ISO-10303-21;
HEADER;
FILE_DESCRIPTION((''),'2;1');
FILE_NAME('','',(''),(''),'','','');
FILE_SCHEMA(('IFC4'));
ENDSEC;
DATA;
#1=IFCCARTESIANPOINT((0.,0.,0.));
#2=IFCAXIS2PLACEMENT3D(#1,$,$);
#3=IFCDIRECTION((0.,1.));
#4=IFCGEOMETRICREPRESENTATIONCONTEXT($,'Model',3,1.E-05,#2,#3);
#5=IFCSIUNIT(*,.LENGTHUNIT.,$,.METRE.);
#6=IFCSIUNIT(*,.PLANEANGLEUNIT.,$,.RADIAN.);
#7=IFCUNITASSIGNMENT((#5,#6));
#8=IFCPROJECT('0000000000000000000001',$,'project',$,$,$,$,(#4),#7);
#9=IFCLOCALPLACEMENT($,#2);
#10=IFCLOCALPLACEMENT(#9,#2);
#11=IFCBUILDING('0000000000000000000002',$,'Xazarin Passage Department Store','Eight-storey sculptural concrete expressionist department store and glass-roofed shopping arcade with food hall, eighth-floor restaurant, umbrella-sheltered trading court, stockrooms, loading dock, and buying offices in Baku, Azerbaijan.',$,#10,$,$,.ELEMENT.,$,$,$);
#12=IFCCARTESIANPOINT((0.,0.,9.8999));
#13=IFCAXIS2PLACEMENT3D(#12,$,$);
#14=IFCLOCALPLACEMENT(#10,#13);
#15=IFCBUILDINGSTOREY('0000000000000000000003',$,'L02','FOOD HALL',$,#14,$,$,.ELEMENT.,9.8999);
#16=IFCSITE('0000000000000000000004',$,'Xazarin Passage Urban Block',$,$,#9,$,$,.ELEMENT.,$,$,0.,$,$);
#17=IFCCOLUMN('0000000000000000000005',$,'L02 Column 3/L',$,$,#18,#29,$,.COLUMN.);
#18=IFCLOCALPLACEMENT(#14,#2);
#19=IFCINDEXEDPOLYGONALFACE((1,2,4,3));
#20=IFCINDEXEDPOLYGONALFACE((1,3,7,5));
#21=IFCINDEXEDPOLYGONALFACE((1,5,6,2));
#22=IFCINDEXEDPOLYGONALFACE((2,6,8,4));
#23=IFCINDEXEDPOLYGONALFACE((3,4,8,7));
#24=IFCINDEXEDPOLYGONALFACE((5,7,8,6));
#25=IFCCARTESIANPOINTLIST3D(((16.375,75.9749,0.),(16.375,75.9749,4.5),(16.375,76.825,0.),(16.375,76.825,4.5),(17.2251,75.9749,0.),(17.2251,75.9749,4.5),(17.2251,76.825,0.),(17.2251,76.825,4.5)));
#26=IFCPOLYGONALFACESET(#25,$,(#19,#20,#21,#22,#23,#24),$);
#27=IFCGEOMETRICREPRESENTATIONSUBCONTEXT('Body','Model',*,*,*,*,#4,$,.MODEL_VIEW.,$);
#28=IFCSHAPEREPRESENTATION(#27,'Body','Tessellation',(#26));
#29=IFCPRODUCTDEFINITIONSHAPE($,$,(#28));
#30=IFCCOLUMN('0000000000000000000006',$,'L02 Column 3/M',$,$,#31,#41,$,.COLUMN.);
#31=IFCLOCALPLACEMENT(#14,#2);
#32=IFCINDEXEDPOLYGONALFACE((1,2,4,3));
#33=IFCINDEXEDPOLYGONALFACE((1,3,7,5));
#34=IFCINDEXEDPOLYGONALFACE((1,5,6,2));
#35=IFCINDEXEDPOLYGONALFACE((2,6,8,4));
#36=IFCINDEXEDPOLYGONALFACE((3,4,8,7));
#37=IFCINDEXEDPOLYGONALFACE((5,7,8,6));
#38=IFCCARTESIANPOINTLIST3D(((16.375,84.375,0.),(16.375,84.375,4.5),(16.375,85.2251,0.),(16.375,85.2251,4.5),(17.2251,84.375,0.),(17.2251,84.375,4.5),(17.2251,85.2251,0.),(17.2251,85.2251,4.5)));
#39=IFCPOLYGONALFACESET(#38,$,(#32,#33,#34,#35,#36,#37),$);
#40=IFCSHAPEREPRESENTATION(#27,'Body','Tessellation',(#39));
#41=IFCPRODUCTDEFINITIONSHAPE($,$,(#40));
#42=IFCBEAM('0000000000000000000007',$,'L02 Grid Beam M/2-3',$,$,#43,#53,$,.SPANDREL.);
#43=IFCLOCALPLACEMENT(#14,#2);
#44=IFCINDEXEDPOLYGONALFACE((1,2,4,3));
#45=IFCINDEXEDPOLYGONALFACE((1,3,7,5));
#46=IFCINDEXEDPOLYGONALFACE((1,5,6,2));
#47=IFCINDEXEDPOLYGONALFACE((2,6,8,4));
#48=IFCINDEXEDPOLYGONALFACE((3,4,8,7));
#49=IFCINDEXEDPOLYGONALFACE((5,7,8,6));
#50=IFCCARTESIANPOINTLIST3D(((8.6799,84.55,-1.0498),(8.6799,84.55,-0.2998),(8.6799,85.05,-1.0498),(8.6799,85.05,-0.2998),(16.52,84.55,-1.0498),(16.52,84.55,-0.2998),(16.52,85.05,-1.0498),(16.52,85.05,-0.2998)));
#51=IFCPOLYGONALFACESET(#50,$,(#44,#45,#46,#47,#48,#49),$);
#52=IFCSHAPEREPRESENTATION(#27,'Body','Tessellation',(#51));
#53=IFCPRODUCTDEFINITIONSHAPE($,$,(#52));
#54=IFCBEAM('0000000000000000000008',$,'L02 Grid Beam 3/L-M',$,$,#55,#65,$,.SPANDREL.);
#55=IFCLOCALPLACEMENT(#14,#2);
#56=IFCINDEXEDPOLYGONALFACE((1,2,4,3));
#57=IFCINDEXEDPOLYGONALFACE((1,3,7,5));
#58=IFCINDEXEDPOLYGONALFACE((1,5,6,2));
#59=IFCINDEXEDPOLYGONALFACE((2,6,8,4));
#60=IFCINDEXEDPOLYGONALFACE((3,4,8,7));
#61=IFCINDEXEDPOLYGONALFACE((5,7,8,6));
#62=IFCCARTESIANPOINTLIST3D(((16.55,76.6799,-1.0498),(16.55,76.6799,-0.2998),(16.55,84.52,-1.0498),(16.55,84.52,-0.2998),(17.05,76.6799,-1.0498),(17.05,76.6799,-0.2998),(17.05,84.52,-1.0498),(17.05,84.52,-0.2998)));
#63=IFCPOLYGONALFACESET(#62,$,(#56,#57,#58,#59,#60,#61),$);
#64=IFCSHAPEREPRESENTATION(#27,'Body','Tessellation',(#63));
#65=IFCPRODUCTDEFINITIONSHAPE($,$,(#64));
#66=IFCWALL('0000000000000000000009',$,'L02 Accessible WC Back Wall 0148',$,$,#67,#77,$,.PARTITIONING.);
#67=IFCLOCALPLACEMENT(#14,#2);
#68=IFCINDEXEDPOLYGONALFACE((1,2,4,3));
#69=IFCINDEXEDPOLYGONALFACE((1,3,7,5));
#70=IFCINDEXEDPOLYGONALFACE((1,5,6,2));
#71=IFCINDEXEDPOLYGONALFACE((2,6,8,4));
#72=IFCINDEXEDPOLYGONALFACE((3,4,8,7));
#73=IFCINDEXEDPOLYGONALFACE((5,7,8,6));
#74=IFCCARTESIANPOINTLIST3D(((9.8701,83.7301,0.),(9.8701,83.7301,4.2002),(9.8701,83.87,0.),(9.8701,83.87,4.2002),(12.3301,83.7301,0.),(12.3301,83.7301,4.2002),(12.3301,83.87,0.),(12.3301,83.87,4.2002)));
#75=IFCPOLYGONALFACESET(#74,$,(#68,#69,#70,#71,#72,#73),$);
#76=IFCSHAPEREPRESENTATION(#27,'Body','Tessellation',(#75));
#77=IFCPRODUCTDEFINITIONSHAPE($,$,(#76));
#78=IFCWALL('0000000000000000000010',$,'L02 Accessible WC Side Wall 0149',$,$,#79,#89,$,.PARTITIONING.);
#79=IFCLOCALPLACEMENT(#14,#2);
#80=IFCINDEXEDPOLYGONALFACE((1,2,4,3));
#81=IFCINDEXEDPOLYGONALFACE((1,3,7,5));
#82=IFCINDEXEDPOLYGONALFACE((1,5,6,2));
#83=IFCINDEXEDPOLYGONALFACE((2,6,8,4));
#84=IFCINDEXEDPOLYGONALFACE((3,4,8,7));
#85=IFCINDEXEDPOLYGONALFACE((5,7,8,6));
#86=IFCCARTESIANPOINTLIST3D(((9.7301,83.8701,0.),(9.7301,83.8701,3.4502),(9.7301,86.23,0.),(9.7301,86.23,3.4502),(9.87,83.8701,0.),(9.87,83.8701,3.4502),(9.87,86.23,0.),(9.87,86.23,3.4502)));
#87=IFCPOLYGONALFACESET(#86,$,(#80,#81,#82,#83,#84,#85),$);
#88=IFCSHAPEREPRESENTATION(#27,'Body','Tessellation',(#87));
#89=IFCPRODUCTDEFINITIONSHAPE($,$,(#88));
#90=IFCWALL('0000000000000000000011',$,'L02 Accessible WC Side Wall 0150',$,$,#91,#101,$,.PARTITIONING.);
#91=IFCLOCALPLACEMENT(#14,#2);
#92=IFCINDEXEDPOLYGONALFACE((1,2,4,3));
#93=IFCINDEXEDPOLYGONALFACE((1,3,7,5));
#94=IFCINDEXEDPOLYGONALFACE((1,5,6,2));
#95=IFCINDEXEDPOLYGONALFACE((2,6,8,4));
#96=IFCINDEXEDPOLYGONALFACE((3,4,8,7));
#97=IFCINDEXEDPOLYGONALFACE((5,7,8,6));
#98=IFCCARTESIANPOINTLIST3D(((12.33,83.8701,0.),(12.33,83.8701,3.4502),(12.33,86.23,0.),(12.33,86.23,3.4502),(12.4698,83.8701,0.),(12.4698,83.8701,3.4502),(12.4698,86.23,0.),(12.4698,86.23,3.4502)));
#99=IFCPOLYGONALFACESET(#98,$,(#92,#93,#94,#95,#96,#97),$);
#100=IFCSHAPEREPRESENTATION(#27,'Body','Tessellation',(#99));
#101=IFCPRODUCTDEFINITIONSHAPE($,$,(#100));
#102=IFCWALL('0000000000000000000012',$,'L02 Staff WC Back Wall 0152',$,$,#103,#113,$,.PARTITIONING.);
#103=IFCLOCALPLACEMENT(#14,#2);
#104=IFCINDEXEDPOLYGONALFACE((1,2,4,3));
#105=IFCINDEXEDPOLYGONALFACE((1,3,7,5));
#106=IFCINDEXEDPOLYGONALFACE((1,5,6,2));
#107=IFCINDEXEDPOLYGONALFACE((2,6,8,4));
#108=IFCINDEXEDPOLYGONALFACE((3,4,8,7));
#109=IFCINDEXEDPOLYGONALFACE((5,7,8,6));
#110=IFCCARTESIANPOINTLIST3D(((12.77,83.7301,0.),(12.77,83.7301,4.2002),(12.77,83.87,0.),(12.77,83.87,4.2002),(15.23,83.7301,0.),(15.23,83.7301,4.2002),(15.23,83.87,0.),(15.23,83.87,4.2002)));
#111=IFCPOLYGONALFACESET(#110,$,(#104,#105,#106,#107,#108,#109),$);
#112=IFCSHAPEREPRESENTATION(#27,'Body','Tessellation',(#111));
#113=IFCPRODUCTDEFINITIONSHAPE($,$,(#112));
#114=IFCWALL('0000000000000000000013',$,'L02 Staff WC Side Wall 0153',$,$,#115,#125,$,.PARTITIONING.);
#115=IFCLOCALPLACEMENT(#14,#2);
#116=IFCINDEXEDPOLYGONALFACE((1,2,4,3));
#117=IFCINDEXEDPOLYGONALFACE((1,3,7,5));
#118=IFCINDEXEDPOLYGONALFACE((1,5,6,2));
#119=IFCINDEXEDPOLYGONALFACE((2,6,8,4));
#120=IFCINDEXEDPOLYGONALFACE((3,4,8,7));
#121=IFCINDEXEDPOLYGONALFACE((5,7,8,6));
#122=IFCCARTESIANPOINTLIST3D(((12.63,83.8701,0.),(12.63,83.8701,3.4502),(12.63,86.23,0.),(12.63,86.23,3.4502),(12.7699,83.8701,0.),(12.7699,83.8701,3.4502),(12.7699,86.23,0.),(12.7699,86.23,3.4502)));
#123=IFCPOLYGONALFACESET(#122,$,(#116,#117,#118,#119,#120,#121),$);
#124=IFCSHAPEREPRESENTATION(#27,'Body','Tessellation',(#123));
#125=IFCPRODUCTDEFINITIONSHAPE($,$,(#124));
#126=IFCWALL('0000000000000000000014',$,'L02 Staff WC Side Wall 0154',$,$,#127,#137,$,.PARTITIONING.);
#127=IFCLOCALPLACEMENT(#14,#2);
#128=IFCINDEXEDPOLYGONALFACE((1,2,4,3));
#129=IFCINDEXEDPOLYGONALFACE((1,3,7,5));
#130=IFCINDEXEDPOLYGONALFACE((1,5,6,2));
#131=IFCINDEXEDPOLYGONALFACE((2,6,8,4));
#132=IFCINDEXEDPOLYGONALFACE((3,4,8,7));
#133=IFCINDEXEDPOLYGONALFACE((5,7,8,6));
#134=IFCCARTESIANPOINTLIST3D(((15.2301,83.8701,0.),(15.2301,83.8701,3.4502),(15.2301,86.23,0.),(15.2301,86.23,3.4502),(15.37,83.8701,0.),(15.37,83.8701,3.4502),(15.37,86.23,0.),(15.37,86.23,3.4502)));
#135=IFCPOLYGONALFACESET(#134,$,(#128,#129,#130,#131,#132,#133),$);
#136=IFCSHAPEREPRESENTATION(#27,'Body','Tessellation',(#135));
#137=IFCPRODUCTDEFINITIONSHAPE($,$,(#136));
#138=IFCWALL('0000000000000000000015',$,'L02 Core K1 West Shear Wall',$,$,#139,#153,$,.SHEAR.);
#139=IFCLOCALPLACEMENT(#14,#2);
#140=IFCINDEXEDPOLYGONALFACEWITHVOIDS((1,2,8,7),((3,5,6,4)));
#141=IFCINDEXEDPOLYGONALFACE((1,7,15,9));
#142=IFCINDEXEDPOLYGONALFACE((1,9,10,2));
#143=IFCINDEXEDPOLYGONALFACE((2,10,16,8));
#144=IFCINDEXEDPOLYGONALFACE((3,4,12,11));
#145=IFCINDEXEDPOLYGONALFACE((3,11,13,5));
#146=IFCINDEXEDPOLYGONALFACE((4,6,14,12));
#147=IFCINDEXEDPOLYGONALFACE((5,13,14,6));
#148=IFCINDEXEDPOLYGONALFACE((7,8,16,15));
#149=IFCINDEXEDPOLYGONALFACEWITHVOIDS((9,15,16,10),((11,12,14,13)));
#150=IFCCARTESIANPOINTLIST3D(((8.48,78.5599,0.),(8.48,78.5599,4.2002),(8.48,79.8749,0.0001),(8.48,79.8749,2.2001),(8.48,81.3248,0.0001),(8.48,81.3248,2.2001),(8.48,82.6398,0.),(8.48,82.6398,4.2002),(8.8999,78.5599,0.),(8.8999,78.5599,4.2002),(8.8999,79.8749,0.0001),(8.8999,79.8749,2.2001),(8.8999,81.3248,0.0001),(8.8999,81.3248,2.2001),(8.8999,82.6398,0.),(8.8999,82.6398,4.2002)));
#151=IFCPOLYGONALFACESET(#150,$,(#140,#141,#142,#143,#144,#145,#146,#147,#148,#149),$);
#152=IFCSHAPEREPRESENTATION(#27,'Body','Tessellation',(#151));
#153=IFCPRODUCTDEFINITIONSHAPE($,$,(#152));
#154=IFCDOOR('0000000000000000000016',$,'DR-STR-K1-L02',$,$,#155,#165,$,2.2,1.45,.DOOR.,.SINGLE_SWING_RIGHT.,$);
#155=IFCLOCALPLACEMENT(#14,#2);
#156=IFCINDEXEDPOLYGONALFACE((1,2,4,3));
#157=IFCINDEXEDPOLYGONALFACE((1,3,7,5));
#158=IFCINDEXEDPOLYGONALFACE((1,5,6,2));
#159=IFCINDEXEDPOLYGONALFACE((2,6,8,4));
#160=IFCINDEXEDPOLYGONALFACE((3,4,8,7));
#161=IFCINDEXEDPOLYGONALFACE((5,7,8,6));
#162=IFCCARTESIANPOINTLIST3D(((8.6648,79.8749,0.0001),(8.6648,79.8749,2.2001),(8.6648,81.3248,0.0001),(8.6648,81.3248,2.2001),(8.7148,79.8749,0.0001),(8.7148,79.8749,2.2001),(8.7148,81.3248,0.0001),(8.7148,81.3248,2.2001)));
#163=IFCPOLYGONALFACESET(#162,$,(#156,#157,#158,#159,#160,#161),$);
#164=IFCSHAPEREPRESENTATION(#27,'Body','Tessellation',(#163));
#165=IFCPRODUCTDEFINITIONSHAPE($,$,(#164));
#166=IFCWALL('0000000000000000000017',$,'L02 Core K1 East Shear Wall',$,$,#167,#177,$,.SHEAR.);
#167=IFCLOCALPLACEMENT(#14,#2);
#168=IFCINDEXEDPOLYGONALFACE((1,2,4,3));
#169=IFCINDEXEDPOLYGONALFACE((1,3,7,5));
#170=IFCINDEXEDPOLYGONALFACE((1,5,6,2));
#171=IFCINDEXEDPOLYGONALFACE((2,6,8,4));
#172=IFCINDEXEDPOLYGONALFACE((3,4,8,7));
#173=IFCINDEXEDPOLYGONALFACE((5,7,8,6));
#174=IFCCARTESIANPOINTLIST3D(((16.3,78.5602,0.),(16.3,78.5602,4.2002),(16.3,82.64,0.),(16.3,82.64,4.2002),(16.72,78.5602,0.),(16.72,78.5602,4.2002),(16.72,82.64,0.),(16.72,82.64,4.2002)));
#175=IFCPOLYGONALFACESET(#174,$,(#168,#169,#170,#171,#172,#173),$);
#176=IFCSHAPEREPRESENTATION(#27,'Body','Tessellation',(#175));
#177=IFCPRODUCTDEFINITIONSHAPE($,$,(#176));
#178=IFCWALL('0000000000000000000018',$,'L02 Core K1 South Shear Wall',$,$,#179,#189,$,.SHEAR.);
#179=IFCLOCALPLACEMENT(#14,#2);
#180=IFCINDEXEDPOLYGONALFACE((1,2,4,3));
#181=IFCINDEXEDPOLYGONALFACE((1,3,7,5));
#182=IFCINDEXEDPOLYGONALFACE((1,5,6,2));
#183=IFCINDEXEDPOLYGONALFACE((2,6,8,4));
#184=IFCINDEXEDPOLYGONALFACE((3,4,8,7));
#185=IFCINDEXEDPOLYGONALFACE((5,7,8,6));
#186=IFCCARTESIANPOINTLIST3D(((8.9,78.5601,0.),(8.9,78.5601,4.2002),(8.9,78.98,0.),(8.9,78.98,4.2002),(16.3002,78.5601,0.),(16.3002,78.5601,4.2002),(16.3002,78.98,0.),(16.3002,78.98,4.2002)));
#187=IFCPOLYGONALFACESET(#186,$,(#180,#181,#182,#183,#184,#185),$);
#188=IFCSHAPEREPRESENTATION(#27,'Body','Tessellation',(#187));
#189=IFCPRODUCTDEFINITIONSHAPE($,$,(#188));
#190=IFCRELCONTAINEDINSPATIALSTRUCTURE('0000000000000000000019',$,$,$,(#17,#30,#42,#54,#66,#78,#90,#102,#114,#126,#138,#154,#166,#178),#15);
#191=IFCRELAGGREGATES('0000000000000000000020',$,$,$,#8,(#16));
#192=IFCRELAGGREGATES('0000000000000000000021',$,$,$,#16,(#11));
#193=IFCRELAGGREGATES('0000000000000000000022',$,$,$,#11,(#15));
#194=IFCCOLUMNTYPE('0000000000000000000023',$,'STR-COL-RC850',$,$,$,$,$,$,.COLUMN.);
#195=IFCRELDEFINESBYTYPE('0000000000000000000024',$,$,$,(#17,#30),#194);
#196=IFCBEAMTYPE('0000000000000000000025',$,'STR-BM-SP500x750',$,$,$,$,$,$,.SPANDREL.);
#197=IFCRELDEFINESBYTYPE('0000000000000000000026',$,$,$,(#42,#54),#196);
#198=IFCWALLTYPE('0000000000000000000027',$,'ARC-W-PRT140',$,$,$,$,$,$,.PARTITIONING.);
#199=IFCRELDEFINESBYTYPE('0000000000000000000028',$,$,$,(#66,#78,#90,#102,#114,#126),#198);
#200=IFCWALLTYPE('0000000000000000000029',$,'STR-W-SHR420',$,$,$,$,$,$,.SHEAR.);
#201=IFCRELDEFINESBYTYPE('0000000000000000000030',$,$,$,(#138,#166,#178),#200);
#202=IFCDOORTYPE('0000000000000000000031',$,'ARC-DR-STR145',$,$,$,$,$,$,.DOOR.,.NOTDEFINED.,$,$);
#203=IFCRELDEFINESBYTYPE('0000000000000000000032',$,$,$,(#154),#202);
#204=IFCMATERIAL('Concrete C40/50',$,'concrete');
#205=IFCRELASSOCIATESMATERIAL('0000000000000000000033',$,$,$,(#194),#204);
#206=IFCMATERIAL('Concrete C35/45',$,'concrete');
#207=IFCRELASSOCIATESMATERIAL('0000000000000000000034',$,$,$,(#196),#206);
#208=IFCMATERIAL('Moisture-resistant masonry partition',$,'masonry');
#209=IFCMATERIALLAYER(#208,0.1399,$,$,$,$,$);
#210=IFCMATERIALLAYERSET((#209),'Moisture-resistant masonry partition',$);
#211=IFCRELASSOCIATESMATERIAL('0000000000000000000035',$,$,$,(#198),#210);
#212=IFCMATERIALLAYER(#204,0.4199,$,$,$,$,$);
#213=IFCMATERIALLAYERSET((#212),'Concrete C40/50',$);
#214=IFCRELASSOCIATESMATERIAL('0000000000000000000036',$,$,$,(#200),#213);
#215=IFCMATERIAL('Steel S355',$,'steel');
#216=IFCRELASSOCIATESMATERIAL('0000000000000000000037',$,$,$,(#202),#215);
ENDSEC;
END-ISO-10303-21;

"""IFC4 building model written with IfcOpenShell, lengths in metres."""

from ifc_helpers import new_model, si_unit, direction, frame, frame_2d, origin, origin_2d, place, context, subcontext, project, spatial, rectangle, extrude, material, layer, layer_set, material_profile, profile_set, type_object, element, fill, save


model = new_model("IFC4")

# Units and contexts
model_context = context("Model", 3, precision=1e-05, world=origin(), true_north=direction((0.0, 1.0)))
body_context = subcontext(model_context, "Body", "Model", "MODEL_VIEW")
ifc_project = project(units=[si_unit("LENGTHUNIT", "METRE"), si_unit("PLANEANGLEUNIT", "RADIAN")], contexts=[model_context])

# Site, building, storey
site_placement = place(None, origin())
site = spatial("IfcSite", under=ifc_project, at=site_placement, Name="Xazarin Passage Urban Block", CompositionType="ELEMENT", RefElevation=0.0)
building_placement = place(site_placement, origin())
building = spatial("IfcBuilding", under=site, at=building_placement, Name="Xazarin Passage Department Store", Description="Eight-storey sculptural concrete expressionist department store and glass-roofed shopping arcade with food hall, eighth-floor restaurant, umbrella-sheltered trading court, stockrooms, loading dock, and buying offices in Baku, Azerbaijan.", CompositionType="ELEMENT")
storey_placement = place(building_placement, frame((0.0, 0.0, 9.8999)))
storey = spatial("IfcBuildingStorey", under=building, at=storey_placement, Name="L02", Description="FOOD HALL", CompositionType="ELEMENT", Elevation=9.8999)

# Columns
ifc_material_1 = material(Name="Concrete C40/50", Category="concrete")
ifc_material_profile_1 = material_profile(ifc_material_1, rectangle(XDim=0.8501, YDim=0.8501, at=origin_2d()), Name="RC 850x850")
ifc_profile_set_1 = profile_set([ifc_material_profile_1], Name="Concrete C40/50")
column_type = type_object("IfcColumnType", Name="STR-COL-RC850", PredefinedType="COLUMN", material=ifc_profile_set_1)
for number, where, z_axis, x_axis, name in (
    (1, (16.8, 76.3999, 0.0), (0.0, 0.0, 1.0), (1.0, 0.0, 0.0), "L02 Column 3/L"),
    (2, (16.8, 84.8, 0.0), (0.0, 0.0, 1.0), (1.0, 0.0, 0.0), "L02 Column 3/M"),
):
    element("IfcColumn", number, at=place(storey_placement, frame(where, z_axis=z_axis, x_axis=x_axis)), inside=storey, type_object=column_type, Name=name, PredefinedType="COLUMN", context=body_context, shape_type="SweptSolid", body=[
        extrude(rectangle(XDim=0.8501, YDim=0.8501, at=origin_2d()), origin(), (0.0, 0.0, 1.0), 4.5),
    ])

# Beams
ifc_material_2 = material(Name="Concrete C35/45", Category="concrete")
ifc_material_profile_2 = material_profile(ifc_material_2, rectangle(XDim=0.5, YDim=0.75, at=origin_2d()), Name="RC 500x750")
ifc_profile_set_2 = profile_set([ifc_material_profile_2], Name="Concrete C35/45")
beam_type = type_object("IfcBeamType", Name="STR-BM-SP500x750", PredefinedType="SPANDREL", material=ifc_profile_set_2)
for number, where, z_axis, x_axis, name in (
    (3, (8.6799, 84.8, -0.6748), (1.0, 0.0, 0.0), (0.0, 1.0, 0.0), "L02 Grid Beam M/2-3"),
    (4, (16.8, 76.6799, -0.6748), (0.0, 1.0, 0.0), (-1.0, 0.0, 0.0), "L02 Grid Beam 3/L-M"),
):
    element("IfcBeam", number, at=place(storey_placement, frame(where, z_axis=z_axis, x_axis=x_axis)), inside=storey, type_object=beam_type, Name=name, PredefinedType="SPANDREL", context=body_context, shape_type="SweptSolid", body=[
        extrude(rectangle(XDim=0.5, YDim=0.75, at=origin_2d()), origin(), (0.0, 0.0, 1.0), 7.8401),
    ])

# Walls
ifc_material_3 = material(Name="Moisture-resistant masonry partition", Category="masonry")
ifc_layer_1 = layer(ifc_material_3, 0.1399)
ifc_layer_set_1 = layer_set([ifc_layer_1], Name="Moisture-resistant masonry partition")
wall_type_1 = type_object("IfcWallType", Name="ARC-W-PRT140", PredefinedType="PARTITIONING", material=ifc_layer_set_1)
wall_1_placement = place(storey_placement, frame((9.8701, 83.8, 0.0), z_axis=(0.0, 0.0, 1.0), x_axis=(1.0, 0.0, 0.0)))
element("IfcWall", 5, at=wall_1_placement, inside=storey, type_object=wall_type_1, Name="L02 Accessible WC Back Wall 0148", PredefinedType="PARTITIONING", context=body_context, shape_type="SweptSolid", body=[
    extrude(rectangle(XDim=2.46, YDim=0.1399, at=frame_2d((1.23, 0.0))), origin(), (0.0, 0.0, 1.0), 4.2002),
])
for number, where, z_axis, x_axis, name in (
    (6, (9.8, 83.8701, 0.0), (0.0, 0.0, 1.0), (0.0, 1.0, 0.0), "L02 Accessible WC Side Wall 0149"),
    (7, (12.3999, 83.8701, 0.0), (0.0, 0.0, 1.0), (0.0, 1.0, 0.0), "L02 Accessible WC Side Wall 0150"),
):
    element("IfcWall", number, at=place(storey_placement, frame(where, z_axis=z_axis, x_axis=x_axis)), inside=storey, type_object=wall_type_1, Name=name, PredefinedType="PARTITIONING", context=body_context, shape_type="SweptSolid", body=[
        extrude(rectangle(XDim=2.3599, YDim=0.1399, at=frame_2d((1.1799, 0.0))), origin(), (0.0, 0.0, 1.0), 3.4502),
    ])
wall_2_placement = place(storey_placement, frame((12.77, 83.8, 0.0), z_axis=(0.0, 0.0, 1.0), x_axis=(1.0, 0.0, 0.0)))
element("IfcWall", 8, at=wall_2_placement, inside=storey, type_object=wall_type_1, Name="L02 Staff WC Back Wall 0152", PredefinedType="PARTITIONING", context=body_context, shape_type="SweptSolid", body=[
    extrude(rectangle(XDim=2.46, YDim=0.1399, at=frame_2d((1.23, 0.0))), origin(), (0.0, 0.0, 1.0), 4.2002),
])
for number, where, z_axis, x_axis, name in (
    (9, (12.7, 83.8701, 0.0), (0.0, 0.0, 1.0), (0.0, 1.0, 0.0), "L02 Staff WC Side Wall 0153"),
    (10, (15.3, 83.8701, 0.0), (0.0, 0.0, 1.0), (0.0, 1.0, 0.0), "L02 Staff WC Side Wall 0154"),
):
    element("IfcWall", number, at=place(storey_placement, frame(where, z_axis=z_axis, x_axis=x_axis)), inside=storey, type_object=wall_type_1, Name=name, PredefinedType="PARTITIONING", context=body_context, shape_type="SweptSolid", body=[
        extrude(rectangle(XDim=2.3599, YDim=0.1399, at=frame_2d((1.1799, 0.0))), origin(), (0.0, 0.0, 1.0), 3.4502),
    ])

# Wall, opening, door
ifc_layer_2 = layer(ifc_material_1, 0.4199)
ifc_layer_set_2 = layer_set([ifc_layer_2], Name="Concrete C40/50")
wall_type_2 = type_object("IfcWallType", Name="STR-W-SHR420", PredefinedType="SHEAR", material=ifc_layer_set_2)
wall_3_placement = place(storey_placement, frame((8.6899, 82.6399, 0.0), z_axis=(0.0, 0.0, 1.0), x_axis=(0.0, -1.0, 0.0)))
wall_3 = element("IfcWall", 11, at=wall_3_placement, inside=storey, type_object=wall_type_2, Name="L02 Core K1 West Shear Wall", PredefinedType="SHEAR", context=body_context, shape_type="SweptSolid", body=[
    extrude(rectangle(XDim=4.0798, YDim=0.4199, at=frame_2d((2.04, 0.0))), origin(), (0.0, 0.0, 1.0), 4.2002),
])
opening_placement = place(wall_3_placement, frame((1.3149, 0.0, 0.0)))
opening = element("IfcOpeningElement", 12, at=opening_placement, cuts=wall_3, PredefinedType="OPENING", context=body_context, shape_type="SweptSolid", body=[
    extrude(rectangle(XDim=1.45, YDim=2.2, at=frame_2d((0.7251, 1.1001))), frame((0.0, 0.22, 0.0), z_axis=(0.0, -1.0, 0.0), x_axis=(1.0, 0.0, 0.0)), (0.0, 0.0, 1.0), 0.4399),
])
ifc_material_4 = material(Name="Steel S355", Category="steel")
door_type = type_object("IfcDoorType", Name="ARC-DR-STR145", OperationType="NOTDEFINED", PredefinedType="DOOR", material=ifc_material_4)
door_placement = place(opening_placement, origin())
door = element("IfcDoor", 13, at=door_placement, inside=storey, type_object=door_type, Name="DR-STR-K1-L02", OperationType="SINGLE_SWING_RIGHT", OverallHeight=2.2, OverallWidth=1.45, PredefinedType="DOOR", context=body_context, shape_type="SweptSolid", body=[
    extrude(rectangle(XDim=1.45, YDim=2.2, at=frame_2d((0.7251, 1.1001))), frame((0.0, 0.0249, 0.0), z_axis=(0.0, -1.0, 0.0), x_axis=(1.0, 0.0, 0.0)), (0.0, 0.0, 1.0), 0.05),
])
fill(opening, door)

# Walls
wall_4_placement = place(storey_placement, frame((16.51, 78.5601, 0.0), z_axis=(0.0, 0.0, 1.0), x_axis=(0.0, 1.0, 0.0)))
element("IfcWall", 14, at=wall_4_placement, inside=storey, type_object=wall_type_2, Name="L02 Core K1 East Shear Wall", PredefinedType="SHEAR", context=body_context, shape_type="SweptSolid", body=[
    extrude(rectangle(XDim=4.0798, YDim=0.4199, at=frame_2d((2.04, 0.0))), origin(), (0.0, 0.0, 1.0), 4.2002),
])
for number, where, z_axis, x_axis, name in (
    (15, (8.8999, 78.77, 0.0), (0.0, 0.0, 1.0), (1.0, 0.0, 0.0), "L02 Core K1 South Shear Wall"),
):
    element("IfcWall", number, at=place(storey_placement, frame(where, z_axis=z_axis, x_axis=x_axis)), inside=storey, type_object=wall_type_2, Name=name, PredefinedType="SHEAR", context=body_context, shape_type="SweptSolid", body=[
        extrude(rectangle(XDim=7.4001, YDim=0.4199, at=frame_2d((3.7002, 0.0))), origin(), (0.0, 0.0, 1.0), 4.2002),
    ])

save(model, "model.ifc")
